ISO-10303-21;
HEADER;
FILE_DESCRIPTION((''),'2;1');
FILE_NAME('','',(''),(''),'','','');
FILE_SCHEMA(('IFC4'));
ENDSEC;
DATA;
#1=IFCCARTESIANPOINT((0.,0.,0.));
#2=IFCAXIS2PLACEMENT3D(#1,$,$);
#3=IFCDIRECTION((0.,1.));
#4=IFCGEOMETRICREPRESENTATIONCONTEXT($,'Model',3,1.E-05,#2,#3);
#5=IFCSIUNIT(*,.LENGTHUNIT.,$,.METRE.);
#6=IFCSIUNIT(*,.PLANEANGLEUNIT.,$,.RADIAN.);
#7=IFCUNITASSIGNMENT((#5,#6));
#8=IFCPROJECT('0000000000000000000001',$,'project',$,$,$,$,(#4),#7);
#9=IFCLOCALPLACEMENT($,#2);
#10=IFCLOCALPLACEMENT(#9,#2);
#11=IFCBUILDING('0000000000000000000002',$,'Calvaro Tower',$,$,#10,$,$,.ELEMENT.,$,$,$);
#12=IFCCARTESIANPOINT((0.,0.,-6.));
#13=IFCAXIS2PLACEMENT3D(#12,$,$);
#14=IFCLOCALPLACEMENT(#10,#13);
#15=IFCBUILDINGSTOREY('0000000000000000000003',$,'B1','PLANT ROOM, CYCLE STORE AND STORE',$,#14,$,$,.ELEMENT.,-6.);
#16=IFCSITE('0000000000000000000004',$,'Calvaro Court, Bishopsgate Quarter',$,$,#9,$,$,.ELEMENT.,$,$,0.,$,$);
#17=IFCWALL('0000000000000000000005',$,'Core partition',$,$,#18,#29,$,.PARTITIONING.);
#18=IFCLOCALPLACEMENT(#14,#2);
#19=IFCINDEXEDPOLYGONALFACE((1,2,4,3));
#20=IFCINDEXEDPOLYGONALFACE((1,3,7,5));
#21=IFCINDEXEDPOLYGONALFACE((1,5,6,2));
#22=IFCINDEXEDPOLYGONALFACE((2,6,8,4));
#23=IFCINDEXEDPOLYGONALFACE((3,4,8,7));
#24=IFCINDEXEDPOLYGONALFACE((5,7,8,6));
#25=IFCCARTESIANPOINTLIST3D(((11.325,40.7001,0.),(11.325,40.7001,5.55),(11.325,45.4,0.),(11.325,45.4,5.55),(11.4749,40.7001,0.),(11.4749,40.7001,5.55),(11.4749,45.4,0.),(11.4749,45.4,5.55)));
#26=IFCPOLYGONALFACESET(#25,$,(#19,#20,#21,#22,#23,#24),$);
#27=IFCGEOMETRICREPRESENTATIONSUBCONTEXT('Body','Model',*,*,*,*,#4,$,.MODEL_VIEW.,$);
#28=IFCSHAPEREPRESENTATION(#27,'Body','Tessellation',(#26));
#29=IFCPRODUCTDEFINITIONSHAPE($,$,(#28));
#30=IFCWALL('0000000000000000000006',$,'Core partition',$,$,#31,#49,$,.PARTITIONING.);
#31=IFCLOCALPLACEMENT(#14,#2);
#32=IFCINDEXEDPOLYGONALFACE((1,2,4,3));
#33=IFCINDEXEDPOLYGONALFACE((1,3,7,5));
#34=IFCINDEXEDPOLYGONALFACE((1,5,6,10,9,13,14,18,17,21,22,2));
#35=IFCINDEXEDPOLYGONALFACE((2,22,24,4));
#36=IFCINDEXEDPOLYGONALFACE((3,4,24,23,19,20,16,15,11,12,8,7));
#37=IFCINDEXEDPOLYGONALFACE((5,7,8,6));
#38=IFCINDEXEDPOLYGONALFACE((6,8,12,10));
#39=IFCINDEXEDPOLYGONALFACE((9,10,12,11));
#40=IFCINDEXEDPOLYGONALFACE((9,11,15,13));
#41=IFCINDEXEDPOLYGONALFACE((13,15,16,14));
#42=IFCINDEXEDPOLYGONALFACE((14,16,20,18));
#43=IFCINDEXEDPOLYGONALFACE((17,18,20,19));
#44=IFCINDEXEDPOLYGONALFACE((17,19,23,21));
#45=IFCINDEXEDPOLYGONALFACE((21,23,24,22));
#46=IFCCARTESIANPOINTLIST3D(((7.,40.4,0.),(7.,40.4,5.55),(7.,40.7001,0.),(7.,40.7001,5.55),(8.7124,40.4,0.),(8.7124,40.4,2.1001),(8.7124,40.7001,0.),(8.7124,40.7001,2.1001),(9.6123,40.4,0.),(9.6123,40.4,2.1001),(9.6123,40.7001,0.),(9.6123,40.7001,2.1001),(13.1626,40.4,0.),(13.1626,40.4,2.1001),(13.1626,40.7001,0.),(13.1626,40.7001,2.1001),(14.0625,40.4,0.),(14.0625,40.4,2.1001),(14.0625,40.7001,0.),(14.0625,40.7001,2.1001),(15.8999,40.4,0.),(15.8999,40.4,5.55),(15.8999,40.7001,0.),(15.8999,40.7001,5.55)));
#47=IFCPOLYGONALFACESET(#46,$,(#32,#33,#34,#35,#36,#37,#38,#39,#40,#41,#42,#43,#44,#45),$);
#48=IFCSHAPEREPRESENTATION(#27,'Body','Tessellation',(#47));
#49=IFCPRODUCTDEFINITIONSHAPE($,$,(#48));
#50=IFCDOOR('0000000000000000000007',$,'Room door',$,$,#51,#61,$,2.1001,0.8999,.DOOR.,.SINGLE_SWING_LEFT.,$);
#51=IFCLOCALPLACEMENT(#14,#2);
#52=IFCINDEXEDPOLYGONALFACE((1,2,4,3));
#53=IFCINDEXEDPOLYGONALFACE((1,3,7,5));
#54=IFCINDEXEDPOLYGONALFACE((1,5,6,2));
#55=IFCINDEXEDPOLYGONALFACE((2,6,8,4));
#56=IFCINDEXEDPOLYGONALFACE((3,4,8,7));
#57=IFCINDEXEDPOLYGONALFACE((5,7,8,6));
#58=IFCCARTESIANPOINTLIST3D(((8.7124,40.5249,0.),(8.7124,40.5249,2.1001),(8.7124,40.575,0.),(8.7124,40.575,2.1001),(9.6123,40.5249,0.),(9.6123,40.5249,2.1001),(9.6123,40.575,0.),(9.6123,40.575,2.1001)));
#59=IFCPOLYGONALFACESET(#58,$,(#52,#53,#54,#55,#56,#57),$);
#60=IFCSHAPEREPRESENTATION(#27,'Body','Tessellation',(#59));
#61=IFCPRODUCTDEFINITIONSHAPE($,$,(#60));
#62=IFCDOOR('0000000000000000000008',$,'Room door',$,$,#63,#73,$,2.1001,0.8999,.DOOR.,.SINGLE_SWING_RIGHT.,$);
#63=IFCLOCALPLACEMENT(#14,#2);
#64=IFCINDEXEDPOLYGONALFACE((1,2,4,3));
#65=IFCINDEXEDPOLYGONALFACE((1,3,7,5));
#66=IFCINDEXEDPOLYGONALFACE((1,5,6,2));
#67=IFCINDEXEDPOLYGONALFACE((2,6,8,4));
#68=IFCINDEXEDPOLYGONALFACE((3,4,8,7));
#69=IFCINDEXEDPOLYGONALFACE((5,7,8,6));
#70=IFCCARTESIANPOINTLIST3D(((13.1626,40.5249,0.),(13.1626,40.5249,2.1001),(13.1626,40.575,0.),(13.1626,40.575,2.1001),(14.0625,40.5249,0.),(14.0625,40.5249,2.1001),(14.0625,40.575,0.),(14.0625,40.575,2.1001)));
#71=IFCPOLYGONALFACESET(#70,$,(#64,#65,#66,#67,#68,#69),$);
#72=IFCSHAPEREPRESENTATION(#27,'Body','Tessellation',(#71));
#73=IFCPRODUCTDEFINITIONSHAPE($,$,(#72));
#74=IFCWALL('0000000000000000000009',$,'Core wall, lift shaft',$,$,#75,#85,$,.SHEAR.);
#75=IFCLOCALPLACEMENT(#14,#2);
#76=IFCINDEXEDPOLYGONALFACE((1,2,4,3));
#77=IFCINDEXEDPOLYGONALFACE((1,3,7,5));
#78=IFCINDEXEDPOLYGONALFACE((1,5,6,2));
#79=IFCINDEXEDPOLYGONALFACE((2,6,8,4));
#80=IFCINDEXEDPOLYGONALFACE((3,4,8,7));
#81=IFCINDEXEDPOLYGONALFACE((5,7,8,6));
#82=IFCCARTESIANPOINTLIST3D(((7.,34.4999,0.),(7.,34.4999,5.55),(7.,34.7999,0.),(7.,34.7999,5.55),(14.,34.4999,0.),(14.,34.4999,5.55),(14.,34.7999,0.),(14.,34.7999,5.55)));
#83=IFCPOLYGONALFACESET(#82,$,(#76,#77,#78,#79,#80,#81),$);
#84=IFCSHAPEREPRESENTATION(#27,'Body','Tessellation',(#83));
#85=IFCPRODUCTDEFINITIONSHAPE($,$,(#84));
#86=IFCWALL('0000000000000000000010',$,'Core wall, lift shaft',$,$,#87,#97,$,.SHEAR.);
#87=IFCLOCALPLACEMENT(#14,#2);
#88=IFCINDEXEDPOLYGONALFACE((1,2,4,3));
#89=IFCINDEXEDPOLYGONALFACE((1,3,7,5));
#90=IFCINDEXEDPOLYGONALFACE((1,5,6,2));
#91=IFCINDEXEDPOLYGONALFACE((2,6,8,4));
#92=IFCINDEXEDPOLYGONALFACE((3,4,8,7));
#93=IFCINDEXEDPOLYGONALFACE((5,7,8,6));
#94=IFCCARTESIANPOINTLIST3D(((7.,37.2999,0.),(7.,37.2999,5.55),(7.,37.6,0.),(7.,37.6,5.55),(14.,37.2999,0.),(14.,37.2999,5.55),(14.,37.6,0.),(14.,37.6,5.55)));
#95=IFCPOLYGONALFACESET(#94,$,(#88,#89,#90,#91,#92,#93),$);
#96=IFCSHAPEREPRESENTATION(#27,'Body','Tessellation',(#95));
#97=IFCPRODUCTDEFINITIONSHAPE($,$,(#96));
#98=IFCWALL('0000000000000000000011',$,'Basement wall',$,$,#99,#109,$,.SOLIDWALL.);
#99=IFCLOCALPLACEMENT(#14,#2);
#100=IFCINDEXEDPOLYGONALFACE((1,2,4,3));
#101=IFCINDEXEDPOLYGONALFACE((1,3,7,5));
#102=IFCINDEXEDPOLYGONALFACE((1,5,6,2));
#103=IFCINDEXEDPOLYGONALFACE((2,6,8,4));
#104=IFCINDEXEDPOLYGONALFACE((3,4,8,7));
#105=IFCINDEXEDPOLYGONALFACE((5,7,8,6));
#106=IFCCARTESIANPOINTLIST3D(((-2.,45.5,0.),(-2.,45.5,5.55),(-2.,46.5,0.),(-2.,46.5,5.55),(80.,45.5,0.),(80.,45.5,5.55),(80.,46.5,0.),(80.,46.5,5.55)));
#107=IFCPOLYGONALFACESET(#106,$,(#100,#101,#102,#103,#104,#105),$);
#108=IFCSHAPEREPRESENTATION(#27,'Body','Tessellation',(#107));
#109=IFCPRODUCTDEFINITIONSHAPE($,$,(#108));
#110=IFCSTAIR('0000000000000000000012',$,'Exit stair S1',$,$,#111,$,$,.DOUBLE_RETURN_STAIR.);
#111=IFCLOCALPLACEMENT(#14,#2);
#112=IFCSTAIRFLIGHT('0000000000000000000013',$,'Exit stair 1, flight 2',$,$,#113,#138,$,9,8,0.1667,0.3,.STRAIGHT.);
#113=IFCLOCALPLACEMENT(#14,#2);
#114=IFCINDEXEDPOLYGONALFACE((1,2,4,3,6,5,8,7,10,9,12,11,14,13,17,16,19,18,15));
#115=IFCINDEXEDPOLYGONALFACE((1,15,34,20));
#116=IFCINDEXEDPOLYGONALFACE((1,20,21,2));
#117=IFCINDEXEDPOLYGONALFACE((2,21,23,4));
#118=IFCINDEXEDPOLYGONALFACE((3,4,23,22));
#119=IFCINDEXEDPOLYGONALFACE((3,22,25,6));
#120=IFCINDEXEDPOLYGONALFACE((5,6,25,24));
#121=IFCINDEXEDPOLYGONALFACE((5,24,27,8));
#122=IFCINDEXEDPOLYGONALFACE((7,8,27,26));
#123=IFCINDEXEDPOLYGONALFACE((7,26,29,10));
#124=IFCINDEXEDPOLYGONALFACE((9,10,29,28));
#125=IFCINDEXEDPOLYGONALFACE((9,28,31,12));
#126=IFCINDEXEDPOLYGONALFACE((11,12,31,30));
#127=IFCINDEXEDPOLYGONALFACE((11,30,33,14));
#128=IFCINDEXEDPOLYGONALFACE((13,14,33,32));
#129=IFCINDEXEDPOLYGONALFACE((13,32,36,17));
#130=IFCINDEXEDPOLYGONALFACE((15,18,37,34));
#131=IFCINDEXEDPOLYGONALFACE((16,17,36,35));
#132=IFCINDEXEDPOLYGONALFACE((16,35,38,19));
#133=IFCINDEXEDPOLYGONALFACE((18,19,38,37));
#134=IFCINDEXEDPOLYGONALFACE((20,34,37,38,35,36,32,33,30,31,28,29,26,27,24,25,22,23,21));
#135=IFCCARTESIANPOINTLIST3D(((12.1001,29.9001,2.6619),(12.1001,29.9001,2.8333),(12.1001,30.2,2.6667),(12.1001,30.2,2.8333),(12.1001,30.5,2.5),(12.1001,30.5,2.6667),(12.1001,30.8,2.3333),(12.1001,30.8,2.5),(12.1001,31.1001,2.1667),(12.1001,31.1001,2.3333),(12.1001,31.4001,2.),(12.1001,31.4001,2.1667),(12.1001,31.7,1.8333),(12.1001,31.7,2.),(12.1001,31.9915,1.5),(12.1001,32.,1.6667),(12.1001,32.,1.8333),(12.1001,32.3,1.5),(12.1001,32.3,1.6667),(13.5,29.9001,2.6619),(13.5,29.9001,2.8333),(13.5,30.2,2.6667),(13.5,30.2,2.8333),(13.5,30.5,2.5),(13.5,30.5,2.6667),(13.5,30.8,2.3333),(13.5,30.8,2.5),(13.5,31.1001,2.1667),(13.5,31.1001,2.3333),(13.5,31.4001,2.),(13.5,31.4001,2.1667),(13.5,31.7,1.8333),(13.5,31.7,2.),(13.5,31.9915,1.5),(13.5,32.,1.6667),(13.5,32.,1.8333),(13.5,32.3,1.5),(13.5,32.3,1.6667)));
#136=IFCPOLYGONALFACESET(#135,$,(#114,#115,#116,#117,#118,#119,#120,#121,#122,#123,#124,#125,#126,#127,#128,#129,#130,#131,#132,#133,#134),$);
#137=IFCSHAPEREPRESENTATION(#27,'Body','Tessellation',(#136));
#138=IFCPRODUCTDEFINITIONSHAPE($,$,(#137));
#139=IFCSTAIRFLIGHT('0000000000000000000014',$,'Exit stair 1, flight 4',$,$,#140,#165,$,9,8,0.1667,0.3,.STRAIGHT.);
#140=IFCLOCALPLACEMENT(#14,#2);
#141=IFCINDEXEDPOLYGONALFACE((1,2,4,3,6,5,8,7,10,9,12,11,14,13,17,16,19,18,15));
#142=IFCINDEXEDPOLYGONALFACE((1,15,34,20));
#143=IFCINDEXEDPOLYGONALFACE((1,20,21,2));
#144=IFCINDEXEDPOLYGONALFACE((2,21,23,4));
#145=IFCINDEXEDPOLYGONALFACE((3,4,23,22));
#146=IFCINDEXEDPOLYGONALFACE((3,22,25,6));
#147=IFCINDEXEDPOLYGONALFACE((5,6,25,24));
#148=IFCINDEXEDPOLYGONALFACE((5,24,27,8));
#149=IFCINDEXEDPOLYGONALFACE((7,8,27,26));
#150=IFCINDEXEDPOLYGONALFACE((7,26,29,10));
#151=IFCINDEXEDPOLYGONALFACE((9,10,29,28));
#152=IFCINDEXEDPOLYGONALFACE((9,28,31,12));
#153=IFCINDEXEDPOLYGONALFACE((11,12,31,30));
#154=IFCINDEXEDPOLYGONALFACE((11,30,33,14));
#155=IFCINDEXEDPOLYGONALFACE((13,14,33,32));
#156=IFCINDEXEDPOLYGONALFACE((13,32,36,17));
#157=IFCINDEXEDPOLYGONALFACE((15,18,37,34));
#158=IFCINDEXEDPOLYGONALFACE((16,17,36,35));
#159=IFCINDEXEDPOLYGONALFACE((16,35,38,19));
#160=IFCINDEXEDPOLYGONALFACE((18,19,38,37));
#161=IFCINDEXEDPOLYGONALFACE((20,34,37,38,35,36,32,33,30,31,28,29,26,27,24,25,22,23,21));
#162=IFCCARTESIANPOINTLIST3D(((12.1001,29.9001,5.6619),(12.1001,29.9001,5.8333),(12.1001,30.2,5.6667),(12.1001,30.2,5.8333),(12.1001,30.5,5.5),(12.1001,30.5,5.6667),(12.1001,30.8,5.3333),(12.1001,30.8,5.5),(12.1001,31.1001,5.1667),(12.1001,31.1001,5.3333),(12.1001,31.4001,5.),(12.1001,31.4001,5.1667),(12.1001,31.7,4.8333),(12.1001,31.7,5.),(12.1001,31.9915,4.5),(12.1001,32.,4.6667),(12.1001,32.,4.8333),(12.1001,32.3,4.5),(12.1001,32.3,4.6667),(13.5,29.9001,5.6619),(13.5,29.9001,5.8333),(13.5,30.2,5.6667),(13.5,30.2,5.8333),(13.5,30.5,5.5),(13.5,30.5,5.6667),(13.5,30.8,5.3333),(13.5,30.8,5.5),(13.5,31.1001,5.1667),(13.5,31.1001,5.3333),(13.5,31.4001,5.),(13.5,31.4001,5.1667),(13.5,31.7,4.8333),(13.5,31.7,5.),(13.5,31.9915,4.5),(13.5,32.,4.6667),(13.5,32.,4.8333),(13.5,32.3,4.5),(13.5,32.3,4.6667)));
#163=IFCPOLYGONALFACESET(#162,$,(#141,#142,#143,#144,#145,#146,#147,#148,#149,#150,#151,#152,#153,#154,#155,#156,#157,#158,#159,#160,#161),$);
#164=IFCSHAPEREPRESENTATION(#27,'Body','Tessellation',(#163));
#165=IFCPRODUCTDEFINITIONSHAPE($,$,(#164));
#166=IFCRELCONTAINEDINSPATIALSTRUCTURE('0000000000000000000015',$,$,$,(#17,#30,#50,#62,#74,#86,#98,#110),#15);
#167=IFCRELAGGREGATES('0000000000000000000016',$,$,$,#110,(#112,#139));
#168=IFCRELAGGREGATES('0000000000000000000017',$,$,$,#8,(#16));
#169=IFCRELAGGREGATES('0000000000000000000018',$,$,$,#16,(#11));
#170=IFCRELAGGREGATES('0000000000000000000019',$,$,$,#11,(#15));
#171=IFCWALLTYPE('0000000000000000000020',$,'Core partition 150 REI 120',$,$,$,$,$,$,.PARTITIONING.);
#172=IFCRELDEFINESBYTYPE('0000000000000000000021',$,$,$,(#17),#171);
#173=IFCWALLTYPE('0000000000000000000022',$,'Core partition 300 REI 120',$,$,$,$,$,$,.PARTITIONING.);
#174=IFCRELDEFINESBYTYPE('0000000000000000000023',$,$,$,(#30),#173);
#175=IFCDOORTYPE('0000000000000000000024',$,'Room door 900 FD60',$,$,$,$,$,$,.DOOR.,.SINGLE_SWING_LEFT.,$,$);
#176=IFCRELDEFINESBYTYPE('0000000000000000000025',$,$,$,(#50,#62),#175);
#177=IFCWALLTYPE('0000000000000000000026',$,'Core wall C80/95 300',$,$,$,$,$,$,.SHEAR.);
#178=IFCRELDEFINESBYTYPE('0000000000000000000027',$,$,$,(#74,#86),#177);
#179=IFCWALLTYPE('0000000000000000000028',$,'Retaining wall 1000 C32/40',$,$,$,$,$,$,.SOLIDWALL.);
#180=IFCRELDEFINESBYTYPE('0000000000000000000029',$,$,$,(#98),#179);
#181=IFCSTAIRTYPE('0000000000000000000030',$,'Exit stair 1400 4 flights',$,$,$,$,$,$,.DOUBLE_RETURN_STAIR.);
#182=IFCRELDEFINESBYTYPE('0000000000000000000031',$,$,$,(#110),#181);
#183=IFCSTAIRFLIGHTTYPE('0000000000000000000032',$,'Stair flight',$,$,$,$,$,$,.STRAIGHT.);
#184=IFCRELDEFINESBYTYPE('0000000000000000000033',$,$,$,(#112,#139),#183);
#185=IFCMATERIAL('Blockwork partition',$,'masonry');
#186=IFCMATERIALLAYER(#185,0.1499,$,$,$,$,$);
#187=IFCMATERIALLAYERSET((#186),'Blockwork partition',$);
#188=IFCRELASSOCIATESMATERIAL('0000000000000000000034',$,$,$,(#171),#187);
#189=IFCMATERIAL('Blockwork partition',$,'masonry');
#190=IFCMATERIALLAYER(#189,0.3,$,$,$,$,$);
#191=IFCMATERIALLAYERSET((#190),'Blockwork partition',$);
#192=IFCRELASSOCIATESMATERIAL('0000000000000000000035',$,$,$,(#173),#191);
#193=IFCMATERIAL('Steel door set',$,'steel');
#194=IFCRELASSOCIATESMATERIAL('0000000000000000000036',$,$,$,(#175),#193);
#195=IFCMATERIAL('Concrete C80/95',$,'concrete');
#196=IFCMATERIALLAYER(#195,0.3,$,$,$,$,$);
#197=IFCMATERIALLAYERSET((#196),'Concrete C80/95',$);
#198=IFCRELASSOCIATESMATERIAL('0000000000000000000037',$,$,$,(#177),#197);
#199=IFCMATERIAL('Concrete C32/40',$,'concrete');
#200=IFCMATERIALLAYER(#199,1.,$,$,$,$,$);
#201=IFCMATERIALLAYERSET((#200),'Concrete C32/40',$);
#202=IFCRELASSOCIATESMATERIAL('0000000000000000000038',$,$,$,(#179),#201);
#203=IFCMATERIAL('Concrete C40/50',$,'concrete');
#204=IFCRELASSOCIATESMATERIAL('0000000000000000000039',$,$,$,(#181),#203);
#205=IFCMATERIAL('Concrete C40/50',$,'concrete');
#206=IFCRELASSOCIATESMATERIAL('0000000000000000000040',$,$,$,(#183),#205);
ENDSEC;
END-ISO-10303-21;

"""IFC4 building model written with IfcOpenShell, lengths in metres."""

from ifc_helpers import new_model, si_unit, direction, frame, frame_2d, origin, place, context, subcontext, project, spatial, polyline, rectangle, outline, extrude, material, layer, layer_set, type_object, element, fill, aggregate, save


model = new_model("IFC4")

# Units and contexts
model_context = context("Model", 3, precision=1e-05, world=origin(), true_north=direction((0.0, 1.0)))
body_context = subcontext(model_context, "Body", "Model", "MODEL_VIEW")
ifc_project = project(units=[si_unit("LENGTHUNIT", "METRE"), si_unit("PLANEANGLEUNIT", "RADIAN")], contexts=[model_context])

# Site, building, storey
site_placement = place(None, origin())
site = spatial("IfcSite", under=ifc_project, at=site_placement, Name="Calvaro Court, Bishopsgate Quarter", CompositionType="ELEMENT", RefElevation=0.0)
building_placement = place(site_placement, origin())
building = spatial("IfcBuilding", under=site, at=building_placement, Name="Calvaro Tower", CompositionType="ELEMENT")
storey_placement = place(building_placement, frame((0.0, 0.0, -6.0)))
storey = spatial("IfcBuildingStorey", under=building, at=storey_placement, Name="B1", Description="PLANT ROOM, CYCLE STORE AND STORE", CompositionType="ELEMENT", Elevation=-6.0)

# Wall
ifc_material_1 = material(Name="Blockwork partition", Category="masonry")
ifc_layer_1 = layer(ifc_material_1, 0.1499)
ifc_layer_set_1 = layer_set([ifc_layer_1], Name="Blockwork partition")
wall_type_1 = type_object("IfcWallType", Name="Core partition 150 REI 120", PredefinedType="PARTITIONING", material=ifc_layer_set_1)
wall_1_placement = place(storey_placement, frame((11.3999, 40.7, 0.0), z_axis=(0.0, 0.0, 1.0), x_axis=(0.0, 1.0, 0.0)))
element("IfcWall", 1, at=wall_1_placement, inside=storey, type_object=wall_type_1, Name="Core partition", PredefinedType="PARTITIONING", context=body_context, shape_type="SweptSolid", body=[
    extrude(rectangle(XDim=4.7, YDim=0.1499, at=frame_2d((2.3501, 0.0))), origin(), (0.0, 0.0, 1.0), 5.55),
])

# Wall, openings, doors
ifc_material_2 = material(Name="Blockwork partition", Category="masonry")
ifc_layer_2 = layer(ifc_material_2, 0.3)
ifc_layer_set_2 = layer_set([ifc_layer_2], Name="Blockwork partition")
wall_type_2 = type_object("IfcWallType", Name="Core partition 300 REI 120", PredefinedType="PARTITIONING", material=ifc_layer_set_2)
wall_2_placement = place(storey_placement, frame((7.0, 40.55, 0.0), z_axis=(0.0, 0.0, 1.0), x_axis=(1.0, 0.0, 0.0)))
wall_2 = element("IfcWall", 2, at=wall_2_placement, inside=storey, type_object=wall_type_2, Name="Core partition", PredefinedType="PARTITIONING", context=body_context, shape_type="SweptSolid", body=[
    extrude(rectangle(XDim=8.8999, YDim=0.3, at=frame_2d((4.45, 0.0))), origin(), (0.0, 0.0, 1.0), 5.55),
])
opening_1_placement = place(wall_2_placement, frame((1.7124, 0.0, 0.0)))
opening_1 = element("IfcOpeningElement", 3, at=opening_1_placement, cuts=wall_2, PredefinedType="OPENING", context=body_context, shape_type="SweptSolid", body=[
    extrude(rectangle(XDim=0.8999, YDim=2.1001, at=frame_2d((0.45, 1.05))), frame((0.0, 0.1599, 0.0), z_axis=(0.0, -1.0, 0.0), x_axis=(1.0, 0.0, 0.0)), (0.0, 0.0, 1.0), 0.3201),
])
opening_2_placement = place(wall_2_placement, frame((6.1626, 0.0, 0.0)))
opening_2 = element("IfcOpeningElement", 4, at=opening_2_placement, cuts=wall_2, PredefinedType="OPENING", context=body_context, shape_type="SweptSolid", body=[
    extrude(rectangle(XDim=0.8999, YDim=2.1001, at=frame_2d((0.45, 1.05))), frame((0.0, 0.1599, 0.0), z_axis=(0.0, -1.0, 0.0), x_axis=(1.0, 0.0, 0.0)), (0.0, 0.0, 1.0), 0.3201),
])
ifc_material_3 = material(Name="Steel door set", Category="steel")
door_type = type_object("IfcDoorType", Name="Room door 900 FD60", OperationType="SINGLE_SWING_LEFT", PredefinedType="DOOR", material=ifc_material_3)
door_1_placement = place(opening_1_placement, origin())
door_1 = element("IfcDoor", 5, at=door_1_placement, inside=storey, type_object=door_type, Name="Room door", OperationType="SINGLE_SWING_LEFT", OverallHeight=2.1001, OverallWidth=0.8999, PredefinedType="DOOR", context=body_context, shape_type="SweptSolid", body=[
    extrude(rectangle(XDim=0.8999, YDim=2.1001, at=frame_2d((0.45, 1.05))), frame((0.0, 0.0249, 0.0), z_axis=(0.0, -1.0, 0.0), x_axis=(1.0, 0.0, 0.0)), (0.0, 0.0, 1.0), 0.05),
])
fill(opening_1, door_1)
door_2_placement = place(opening_2_placement, origin())
door_2 = element("IfcDoor", 6, at=door_2_placement, inside=storey, type_object=door_type, Name="Room door", OperationType="SINGLE_SWING_RIGHT", OverallHeight=2.1001, OverallWidth=0.8999, PredefinedType="DOOR", context=body_context, shape_type="SweptSolid", body=[
    extrude(rectangle(XDim=0.8999, YDim=2.1001, at=frame_2d((0.45, 1.05))), frame((0.0, 0.0249, 0.0), z_axis=(0.0, -1.0, 0.0), x_axis=(1.0, 0.0, 0.0)), (0.0, 0.0, 1.0), 0.05),
])
fill(opening_2, door_2)

# Walls
ifc_material_4 = material(Name="Concrete C80/95", Category="concrete")
ifc_layer_3 = layer(ifc_material_4, 0.3)
ifc_layer_set_3 = layer_set([ifc_layer_3], Name="Concrete C80/95")
wall_type_3 = type_object("IfcWallType", Name="Core wall C80/95 300", PredefinedType="SHEAR", material=ifc_layer_set_3)
for number, where, z_axis, x_axis, name in (
    (7, (7.0, 34.6499, 0.0), (0.0, 0.0, 1.0), (1.0, 0.0, 0.0), "Core wall, lift shaft"),
    (8, (7.0, 37.45, 0.0), (0.0, 0.0, 1.0), (1.0, 0.0, 0.0), "Core wall, lift shaft"),
):
    element("IfcWall", number, at=place(storey_placement, frame(where, z_axis=z_axis, x_axis=x_axis)), inside=storey, type_object=wall_type_3, Name=name, PredefinedType="SHEAR", context=body_context, shape_type="SweptSolid", body=[
        extrude(rectangle(XDim=7.0, YDim=0.3, at=frame_2d((3.5, 0.0))), origin(), (0.0, 0.0, 1.0), 5.55),
    ])
ifc_material_5 = material(Name="Concrete C32/40", Category="concrete")
ifc_layer_4 = layer(ifc_material_5, 1.0)
ifc_layer_set_4 = layer_set([ifc_layer_4], Name="Concrete C32/40")
wall_type_4 = type_object("IfcWallType", Name="Retaining wall 1000 C32/40", PredefinedType="SOLIDWALL", material=ifc_layer_set_4)
wall_3_placement = place(storey_placement, frame((-2.0, 46.0, 0.0), z_axis=(0.0, 0.0, 1.0), x_axis=(1.0, 0.0, 0.0)))
element("IfcWall", 9, at=wall_3_placement, inside=storey, type_object=wall_type_4, Name="Basement wall", PredefinedType="SOLIDWALL", context=body_context, shape_type="SweptSolid", body=[
    extrude(rectangle(XDim=82.0, YDim=1.0, at=frame_2d((41.0, 0.0))), origin(), (0.0, 0.0, 1.0), 5.55),
])

# Stair, stair flights
ifc_material_6 = material(Name="Concrete C40/50", Category="concrete")
stair_type = type_object("IfcStairType", Name="Exit stair 1400 4 flights", PredefinedType="DOUBLE_RETURN_STAIR", material=ifc_material_6)
stair_placement = place(storey_placement, origin())
stair = element("IfcStair", 10, at=stair_placement, inside=storey, type_object=stair_type, Name="Exit stair S1", PredefinedType="DOUBLE_RETURN_STAIR")
ifc_material_7 = material(Name="Concrete C40/50", Category="concrete")
stair_flight_type = type_object("IfcStairFlightType", Name="Stair flight", PredefinedType="STRAIGHT", material=ifc_material_7)
stair_flight_1_placement = place(storey_placement, frame((12.8, 32.3, 1.5), z_axis=(0.0, 0.0, 1.0), x_axis=(0.0, -1.0, 0.0)))
stair_flight_1 = element("IfcStairFlight", 11, at=stair_flight_1_placement, type_object=stair_flight_type, Name="Exit stair 1, flight 2", NumberOfRisers=9, NumberOfTreads=8, PredefinedType="STRAIGHT", RiserHeight=0.1667, TreadLength=0.3, context=body_context, shape_type="SweptSolid", body=[
    extrude(outline(polyline([(0.0, 0.0), (0.0, 0.1667), (0.3, 0.1667), (0.3, 0.3333), (0.6001, 0.3333), (0.6001, 0.5), (0.8999, 0.5), (0.8999, 0.6667), (1.2, 0.6667), (1.2, 0.8333), (1.5, 0.8333), (1.5, 1.0), (1.8, 1.0), (1.8, 1.1667), (2.1001, 1.1667), (2.1001, 1.3333), (2.3999, 1.3333), (2.3999, 1.5), (2.3999, 1.1619), (0.3086, 0.0), (0.0, 0.0)])), frame((0.0, 0.7, 0.0), z_axis=(0.0, -1.0, 0.0), x_axis=(1.0, 0.0, 0.0)), (0.0, 0.0, 1.0), 1.3999),
])
stair_flight_2_placement = place(storey_placement, frame((12.8, 32.3, 4.5), z_axis=(0.0, 0.0, 1.0), x_axis=(0.0, -1.0, 0.0)))
stair_flight_2 = element("IfcStairFlight", 12, at=stair_flight_2_placement, type_object=stair_flight_type, Name="Exit stair 1, flight 4", NumberOfRisers=9, NumberOfTreads=8, PredefinedType="STRAIGHT", RiserHeight=0.1667, TreadLength=0.3, context=body_context, shape_type="SweptSolid", body=[
    extrude(outline(polyline([(0.0, 0.0), (0.0, 0.1667), (0.3, 0.1667), (0.3, 0.3333), (0.6001, 0.3333), (0.6001, 0.5), (0.8999, 0.5), (0.8999, 0.6667), (1.2, 0.6667), (1.2, 0.8333), (1.5, 0.8333), (1.5, 1.0), (1.8, 1.0), (1.8, 1.1667), (2.1001, 1.1667), (2.1001, 1.3333), (2.3999, 1.3333), (2.3999, 1.5), (2.3999, 1.1619), (0.3086, 0.0), (0.0, 0.0)])), frame((0.0, 0.7, 0.0), z_axis=(0.0, -1.0, 0.0), x_axis=(1.0, 0.0, 0.0)), (0.0, 0.0, 1.0), 1.3999),
])
aggregate(stair, [stair_flight_1, stair_flight_2])

save(model, "model.ifc")
